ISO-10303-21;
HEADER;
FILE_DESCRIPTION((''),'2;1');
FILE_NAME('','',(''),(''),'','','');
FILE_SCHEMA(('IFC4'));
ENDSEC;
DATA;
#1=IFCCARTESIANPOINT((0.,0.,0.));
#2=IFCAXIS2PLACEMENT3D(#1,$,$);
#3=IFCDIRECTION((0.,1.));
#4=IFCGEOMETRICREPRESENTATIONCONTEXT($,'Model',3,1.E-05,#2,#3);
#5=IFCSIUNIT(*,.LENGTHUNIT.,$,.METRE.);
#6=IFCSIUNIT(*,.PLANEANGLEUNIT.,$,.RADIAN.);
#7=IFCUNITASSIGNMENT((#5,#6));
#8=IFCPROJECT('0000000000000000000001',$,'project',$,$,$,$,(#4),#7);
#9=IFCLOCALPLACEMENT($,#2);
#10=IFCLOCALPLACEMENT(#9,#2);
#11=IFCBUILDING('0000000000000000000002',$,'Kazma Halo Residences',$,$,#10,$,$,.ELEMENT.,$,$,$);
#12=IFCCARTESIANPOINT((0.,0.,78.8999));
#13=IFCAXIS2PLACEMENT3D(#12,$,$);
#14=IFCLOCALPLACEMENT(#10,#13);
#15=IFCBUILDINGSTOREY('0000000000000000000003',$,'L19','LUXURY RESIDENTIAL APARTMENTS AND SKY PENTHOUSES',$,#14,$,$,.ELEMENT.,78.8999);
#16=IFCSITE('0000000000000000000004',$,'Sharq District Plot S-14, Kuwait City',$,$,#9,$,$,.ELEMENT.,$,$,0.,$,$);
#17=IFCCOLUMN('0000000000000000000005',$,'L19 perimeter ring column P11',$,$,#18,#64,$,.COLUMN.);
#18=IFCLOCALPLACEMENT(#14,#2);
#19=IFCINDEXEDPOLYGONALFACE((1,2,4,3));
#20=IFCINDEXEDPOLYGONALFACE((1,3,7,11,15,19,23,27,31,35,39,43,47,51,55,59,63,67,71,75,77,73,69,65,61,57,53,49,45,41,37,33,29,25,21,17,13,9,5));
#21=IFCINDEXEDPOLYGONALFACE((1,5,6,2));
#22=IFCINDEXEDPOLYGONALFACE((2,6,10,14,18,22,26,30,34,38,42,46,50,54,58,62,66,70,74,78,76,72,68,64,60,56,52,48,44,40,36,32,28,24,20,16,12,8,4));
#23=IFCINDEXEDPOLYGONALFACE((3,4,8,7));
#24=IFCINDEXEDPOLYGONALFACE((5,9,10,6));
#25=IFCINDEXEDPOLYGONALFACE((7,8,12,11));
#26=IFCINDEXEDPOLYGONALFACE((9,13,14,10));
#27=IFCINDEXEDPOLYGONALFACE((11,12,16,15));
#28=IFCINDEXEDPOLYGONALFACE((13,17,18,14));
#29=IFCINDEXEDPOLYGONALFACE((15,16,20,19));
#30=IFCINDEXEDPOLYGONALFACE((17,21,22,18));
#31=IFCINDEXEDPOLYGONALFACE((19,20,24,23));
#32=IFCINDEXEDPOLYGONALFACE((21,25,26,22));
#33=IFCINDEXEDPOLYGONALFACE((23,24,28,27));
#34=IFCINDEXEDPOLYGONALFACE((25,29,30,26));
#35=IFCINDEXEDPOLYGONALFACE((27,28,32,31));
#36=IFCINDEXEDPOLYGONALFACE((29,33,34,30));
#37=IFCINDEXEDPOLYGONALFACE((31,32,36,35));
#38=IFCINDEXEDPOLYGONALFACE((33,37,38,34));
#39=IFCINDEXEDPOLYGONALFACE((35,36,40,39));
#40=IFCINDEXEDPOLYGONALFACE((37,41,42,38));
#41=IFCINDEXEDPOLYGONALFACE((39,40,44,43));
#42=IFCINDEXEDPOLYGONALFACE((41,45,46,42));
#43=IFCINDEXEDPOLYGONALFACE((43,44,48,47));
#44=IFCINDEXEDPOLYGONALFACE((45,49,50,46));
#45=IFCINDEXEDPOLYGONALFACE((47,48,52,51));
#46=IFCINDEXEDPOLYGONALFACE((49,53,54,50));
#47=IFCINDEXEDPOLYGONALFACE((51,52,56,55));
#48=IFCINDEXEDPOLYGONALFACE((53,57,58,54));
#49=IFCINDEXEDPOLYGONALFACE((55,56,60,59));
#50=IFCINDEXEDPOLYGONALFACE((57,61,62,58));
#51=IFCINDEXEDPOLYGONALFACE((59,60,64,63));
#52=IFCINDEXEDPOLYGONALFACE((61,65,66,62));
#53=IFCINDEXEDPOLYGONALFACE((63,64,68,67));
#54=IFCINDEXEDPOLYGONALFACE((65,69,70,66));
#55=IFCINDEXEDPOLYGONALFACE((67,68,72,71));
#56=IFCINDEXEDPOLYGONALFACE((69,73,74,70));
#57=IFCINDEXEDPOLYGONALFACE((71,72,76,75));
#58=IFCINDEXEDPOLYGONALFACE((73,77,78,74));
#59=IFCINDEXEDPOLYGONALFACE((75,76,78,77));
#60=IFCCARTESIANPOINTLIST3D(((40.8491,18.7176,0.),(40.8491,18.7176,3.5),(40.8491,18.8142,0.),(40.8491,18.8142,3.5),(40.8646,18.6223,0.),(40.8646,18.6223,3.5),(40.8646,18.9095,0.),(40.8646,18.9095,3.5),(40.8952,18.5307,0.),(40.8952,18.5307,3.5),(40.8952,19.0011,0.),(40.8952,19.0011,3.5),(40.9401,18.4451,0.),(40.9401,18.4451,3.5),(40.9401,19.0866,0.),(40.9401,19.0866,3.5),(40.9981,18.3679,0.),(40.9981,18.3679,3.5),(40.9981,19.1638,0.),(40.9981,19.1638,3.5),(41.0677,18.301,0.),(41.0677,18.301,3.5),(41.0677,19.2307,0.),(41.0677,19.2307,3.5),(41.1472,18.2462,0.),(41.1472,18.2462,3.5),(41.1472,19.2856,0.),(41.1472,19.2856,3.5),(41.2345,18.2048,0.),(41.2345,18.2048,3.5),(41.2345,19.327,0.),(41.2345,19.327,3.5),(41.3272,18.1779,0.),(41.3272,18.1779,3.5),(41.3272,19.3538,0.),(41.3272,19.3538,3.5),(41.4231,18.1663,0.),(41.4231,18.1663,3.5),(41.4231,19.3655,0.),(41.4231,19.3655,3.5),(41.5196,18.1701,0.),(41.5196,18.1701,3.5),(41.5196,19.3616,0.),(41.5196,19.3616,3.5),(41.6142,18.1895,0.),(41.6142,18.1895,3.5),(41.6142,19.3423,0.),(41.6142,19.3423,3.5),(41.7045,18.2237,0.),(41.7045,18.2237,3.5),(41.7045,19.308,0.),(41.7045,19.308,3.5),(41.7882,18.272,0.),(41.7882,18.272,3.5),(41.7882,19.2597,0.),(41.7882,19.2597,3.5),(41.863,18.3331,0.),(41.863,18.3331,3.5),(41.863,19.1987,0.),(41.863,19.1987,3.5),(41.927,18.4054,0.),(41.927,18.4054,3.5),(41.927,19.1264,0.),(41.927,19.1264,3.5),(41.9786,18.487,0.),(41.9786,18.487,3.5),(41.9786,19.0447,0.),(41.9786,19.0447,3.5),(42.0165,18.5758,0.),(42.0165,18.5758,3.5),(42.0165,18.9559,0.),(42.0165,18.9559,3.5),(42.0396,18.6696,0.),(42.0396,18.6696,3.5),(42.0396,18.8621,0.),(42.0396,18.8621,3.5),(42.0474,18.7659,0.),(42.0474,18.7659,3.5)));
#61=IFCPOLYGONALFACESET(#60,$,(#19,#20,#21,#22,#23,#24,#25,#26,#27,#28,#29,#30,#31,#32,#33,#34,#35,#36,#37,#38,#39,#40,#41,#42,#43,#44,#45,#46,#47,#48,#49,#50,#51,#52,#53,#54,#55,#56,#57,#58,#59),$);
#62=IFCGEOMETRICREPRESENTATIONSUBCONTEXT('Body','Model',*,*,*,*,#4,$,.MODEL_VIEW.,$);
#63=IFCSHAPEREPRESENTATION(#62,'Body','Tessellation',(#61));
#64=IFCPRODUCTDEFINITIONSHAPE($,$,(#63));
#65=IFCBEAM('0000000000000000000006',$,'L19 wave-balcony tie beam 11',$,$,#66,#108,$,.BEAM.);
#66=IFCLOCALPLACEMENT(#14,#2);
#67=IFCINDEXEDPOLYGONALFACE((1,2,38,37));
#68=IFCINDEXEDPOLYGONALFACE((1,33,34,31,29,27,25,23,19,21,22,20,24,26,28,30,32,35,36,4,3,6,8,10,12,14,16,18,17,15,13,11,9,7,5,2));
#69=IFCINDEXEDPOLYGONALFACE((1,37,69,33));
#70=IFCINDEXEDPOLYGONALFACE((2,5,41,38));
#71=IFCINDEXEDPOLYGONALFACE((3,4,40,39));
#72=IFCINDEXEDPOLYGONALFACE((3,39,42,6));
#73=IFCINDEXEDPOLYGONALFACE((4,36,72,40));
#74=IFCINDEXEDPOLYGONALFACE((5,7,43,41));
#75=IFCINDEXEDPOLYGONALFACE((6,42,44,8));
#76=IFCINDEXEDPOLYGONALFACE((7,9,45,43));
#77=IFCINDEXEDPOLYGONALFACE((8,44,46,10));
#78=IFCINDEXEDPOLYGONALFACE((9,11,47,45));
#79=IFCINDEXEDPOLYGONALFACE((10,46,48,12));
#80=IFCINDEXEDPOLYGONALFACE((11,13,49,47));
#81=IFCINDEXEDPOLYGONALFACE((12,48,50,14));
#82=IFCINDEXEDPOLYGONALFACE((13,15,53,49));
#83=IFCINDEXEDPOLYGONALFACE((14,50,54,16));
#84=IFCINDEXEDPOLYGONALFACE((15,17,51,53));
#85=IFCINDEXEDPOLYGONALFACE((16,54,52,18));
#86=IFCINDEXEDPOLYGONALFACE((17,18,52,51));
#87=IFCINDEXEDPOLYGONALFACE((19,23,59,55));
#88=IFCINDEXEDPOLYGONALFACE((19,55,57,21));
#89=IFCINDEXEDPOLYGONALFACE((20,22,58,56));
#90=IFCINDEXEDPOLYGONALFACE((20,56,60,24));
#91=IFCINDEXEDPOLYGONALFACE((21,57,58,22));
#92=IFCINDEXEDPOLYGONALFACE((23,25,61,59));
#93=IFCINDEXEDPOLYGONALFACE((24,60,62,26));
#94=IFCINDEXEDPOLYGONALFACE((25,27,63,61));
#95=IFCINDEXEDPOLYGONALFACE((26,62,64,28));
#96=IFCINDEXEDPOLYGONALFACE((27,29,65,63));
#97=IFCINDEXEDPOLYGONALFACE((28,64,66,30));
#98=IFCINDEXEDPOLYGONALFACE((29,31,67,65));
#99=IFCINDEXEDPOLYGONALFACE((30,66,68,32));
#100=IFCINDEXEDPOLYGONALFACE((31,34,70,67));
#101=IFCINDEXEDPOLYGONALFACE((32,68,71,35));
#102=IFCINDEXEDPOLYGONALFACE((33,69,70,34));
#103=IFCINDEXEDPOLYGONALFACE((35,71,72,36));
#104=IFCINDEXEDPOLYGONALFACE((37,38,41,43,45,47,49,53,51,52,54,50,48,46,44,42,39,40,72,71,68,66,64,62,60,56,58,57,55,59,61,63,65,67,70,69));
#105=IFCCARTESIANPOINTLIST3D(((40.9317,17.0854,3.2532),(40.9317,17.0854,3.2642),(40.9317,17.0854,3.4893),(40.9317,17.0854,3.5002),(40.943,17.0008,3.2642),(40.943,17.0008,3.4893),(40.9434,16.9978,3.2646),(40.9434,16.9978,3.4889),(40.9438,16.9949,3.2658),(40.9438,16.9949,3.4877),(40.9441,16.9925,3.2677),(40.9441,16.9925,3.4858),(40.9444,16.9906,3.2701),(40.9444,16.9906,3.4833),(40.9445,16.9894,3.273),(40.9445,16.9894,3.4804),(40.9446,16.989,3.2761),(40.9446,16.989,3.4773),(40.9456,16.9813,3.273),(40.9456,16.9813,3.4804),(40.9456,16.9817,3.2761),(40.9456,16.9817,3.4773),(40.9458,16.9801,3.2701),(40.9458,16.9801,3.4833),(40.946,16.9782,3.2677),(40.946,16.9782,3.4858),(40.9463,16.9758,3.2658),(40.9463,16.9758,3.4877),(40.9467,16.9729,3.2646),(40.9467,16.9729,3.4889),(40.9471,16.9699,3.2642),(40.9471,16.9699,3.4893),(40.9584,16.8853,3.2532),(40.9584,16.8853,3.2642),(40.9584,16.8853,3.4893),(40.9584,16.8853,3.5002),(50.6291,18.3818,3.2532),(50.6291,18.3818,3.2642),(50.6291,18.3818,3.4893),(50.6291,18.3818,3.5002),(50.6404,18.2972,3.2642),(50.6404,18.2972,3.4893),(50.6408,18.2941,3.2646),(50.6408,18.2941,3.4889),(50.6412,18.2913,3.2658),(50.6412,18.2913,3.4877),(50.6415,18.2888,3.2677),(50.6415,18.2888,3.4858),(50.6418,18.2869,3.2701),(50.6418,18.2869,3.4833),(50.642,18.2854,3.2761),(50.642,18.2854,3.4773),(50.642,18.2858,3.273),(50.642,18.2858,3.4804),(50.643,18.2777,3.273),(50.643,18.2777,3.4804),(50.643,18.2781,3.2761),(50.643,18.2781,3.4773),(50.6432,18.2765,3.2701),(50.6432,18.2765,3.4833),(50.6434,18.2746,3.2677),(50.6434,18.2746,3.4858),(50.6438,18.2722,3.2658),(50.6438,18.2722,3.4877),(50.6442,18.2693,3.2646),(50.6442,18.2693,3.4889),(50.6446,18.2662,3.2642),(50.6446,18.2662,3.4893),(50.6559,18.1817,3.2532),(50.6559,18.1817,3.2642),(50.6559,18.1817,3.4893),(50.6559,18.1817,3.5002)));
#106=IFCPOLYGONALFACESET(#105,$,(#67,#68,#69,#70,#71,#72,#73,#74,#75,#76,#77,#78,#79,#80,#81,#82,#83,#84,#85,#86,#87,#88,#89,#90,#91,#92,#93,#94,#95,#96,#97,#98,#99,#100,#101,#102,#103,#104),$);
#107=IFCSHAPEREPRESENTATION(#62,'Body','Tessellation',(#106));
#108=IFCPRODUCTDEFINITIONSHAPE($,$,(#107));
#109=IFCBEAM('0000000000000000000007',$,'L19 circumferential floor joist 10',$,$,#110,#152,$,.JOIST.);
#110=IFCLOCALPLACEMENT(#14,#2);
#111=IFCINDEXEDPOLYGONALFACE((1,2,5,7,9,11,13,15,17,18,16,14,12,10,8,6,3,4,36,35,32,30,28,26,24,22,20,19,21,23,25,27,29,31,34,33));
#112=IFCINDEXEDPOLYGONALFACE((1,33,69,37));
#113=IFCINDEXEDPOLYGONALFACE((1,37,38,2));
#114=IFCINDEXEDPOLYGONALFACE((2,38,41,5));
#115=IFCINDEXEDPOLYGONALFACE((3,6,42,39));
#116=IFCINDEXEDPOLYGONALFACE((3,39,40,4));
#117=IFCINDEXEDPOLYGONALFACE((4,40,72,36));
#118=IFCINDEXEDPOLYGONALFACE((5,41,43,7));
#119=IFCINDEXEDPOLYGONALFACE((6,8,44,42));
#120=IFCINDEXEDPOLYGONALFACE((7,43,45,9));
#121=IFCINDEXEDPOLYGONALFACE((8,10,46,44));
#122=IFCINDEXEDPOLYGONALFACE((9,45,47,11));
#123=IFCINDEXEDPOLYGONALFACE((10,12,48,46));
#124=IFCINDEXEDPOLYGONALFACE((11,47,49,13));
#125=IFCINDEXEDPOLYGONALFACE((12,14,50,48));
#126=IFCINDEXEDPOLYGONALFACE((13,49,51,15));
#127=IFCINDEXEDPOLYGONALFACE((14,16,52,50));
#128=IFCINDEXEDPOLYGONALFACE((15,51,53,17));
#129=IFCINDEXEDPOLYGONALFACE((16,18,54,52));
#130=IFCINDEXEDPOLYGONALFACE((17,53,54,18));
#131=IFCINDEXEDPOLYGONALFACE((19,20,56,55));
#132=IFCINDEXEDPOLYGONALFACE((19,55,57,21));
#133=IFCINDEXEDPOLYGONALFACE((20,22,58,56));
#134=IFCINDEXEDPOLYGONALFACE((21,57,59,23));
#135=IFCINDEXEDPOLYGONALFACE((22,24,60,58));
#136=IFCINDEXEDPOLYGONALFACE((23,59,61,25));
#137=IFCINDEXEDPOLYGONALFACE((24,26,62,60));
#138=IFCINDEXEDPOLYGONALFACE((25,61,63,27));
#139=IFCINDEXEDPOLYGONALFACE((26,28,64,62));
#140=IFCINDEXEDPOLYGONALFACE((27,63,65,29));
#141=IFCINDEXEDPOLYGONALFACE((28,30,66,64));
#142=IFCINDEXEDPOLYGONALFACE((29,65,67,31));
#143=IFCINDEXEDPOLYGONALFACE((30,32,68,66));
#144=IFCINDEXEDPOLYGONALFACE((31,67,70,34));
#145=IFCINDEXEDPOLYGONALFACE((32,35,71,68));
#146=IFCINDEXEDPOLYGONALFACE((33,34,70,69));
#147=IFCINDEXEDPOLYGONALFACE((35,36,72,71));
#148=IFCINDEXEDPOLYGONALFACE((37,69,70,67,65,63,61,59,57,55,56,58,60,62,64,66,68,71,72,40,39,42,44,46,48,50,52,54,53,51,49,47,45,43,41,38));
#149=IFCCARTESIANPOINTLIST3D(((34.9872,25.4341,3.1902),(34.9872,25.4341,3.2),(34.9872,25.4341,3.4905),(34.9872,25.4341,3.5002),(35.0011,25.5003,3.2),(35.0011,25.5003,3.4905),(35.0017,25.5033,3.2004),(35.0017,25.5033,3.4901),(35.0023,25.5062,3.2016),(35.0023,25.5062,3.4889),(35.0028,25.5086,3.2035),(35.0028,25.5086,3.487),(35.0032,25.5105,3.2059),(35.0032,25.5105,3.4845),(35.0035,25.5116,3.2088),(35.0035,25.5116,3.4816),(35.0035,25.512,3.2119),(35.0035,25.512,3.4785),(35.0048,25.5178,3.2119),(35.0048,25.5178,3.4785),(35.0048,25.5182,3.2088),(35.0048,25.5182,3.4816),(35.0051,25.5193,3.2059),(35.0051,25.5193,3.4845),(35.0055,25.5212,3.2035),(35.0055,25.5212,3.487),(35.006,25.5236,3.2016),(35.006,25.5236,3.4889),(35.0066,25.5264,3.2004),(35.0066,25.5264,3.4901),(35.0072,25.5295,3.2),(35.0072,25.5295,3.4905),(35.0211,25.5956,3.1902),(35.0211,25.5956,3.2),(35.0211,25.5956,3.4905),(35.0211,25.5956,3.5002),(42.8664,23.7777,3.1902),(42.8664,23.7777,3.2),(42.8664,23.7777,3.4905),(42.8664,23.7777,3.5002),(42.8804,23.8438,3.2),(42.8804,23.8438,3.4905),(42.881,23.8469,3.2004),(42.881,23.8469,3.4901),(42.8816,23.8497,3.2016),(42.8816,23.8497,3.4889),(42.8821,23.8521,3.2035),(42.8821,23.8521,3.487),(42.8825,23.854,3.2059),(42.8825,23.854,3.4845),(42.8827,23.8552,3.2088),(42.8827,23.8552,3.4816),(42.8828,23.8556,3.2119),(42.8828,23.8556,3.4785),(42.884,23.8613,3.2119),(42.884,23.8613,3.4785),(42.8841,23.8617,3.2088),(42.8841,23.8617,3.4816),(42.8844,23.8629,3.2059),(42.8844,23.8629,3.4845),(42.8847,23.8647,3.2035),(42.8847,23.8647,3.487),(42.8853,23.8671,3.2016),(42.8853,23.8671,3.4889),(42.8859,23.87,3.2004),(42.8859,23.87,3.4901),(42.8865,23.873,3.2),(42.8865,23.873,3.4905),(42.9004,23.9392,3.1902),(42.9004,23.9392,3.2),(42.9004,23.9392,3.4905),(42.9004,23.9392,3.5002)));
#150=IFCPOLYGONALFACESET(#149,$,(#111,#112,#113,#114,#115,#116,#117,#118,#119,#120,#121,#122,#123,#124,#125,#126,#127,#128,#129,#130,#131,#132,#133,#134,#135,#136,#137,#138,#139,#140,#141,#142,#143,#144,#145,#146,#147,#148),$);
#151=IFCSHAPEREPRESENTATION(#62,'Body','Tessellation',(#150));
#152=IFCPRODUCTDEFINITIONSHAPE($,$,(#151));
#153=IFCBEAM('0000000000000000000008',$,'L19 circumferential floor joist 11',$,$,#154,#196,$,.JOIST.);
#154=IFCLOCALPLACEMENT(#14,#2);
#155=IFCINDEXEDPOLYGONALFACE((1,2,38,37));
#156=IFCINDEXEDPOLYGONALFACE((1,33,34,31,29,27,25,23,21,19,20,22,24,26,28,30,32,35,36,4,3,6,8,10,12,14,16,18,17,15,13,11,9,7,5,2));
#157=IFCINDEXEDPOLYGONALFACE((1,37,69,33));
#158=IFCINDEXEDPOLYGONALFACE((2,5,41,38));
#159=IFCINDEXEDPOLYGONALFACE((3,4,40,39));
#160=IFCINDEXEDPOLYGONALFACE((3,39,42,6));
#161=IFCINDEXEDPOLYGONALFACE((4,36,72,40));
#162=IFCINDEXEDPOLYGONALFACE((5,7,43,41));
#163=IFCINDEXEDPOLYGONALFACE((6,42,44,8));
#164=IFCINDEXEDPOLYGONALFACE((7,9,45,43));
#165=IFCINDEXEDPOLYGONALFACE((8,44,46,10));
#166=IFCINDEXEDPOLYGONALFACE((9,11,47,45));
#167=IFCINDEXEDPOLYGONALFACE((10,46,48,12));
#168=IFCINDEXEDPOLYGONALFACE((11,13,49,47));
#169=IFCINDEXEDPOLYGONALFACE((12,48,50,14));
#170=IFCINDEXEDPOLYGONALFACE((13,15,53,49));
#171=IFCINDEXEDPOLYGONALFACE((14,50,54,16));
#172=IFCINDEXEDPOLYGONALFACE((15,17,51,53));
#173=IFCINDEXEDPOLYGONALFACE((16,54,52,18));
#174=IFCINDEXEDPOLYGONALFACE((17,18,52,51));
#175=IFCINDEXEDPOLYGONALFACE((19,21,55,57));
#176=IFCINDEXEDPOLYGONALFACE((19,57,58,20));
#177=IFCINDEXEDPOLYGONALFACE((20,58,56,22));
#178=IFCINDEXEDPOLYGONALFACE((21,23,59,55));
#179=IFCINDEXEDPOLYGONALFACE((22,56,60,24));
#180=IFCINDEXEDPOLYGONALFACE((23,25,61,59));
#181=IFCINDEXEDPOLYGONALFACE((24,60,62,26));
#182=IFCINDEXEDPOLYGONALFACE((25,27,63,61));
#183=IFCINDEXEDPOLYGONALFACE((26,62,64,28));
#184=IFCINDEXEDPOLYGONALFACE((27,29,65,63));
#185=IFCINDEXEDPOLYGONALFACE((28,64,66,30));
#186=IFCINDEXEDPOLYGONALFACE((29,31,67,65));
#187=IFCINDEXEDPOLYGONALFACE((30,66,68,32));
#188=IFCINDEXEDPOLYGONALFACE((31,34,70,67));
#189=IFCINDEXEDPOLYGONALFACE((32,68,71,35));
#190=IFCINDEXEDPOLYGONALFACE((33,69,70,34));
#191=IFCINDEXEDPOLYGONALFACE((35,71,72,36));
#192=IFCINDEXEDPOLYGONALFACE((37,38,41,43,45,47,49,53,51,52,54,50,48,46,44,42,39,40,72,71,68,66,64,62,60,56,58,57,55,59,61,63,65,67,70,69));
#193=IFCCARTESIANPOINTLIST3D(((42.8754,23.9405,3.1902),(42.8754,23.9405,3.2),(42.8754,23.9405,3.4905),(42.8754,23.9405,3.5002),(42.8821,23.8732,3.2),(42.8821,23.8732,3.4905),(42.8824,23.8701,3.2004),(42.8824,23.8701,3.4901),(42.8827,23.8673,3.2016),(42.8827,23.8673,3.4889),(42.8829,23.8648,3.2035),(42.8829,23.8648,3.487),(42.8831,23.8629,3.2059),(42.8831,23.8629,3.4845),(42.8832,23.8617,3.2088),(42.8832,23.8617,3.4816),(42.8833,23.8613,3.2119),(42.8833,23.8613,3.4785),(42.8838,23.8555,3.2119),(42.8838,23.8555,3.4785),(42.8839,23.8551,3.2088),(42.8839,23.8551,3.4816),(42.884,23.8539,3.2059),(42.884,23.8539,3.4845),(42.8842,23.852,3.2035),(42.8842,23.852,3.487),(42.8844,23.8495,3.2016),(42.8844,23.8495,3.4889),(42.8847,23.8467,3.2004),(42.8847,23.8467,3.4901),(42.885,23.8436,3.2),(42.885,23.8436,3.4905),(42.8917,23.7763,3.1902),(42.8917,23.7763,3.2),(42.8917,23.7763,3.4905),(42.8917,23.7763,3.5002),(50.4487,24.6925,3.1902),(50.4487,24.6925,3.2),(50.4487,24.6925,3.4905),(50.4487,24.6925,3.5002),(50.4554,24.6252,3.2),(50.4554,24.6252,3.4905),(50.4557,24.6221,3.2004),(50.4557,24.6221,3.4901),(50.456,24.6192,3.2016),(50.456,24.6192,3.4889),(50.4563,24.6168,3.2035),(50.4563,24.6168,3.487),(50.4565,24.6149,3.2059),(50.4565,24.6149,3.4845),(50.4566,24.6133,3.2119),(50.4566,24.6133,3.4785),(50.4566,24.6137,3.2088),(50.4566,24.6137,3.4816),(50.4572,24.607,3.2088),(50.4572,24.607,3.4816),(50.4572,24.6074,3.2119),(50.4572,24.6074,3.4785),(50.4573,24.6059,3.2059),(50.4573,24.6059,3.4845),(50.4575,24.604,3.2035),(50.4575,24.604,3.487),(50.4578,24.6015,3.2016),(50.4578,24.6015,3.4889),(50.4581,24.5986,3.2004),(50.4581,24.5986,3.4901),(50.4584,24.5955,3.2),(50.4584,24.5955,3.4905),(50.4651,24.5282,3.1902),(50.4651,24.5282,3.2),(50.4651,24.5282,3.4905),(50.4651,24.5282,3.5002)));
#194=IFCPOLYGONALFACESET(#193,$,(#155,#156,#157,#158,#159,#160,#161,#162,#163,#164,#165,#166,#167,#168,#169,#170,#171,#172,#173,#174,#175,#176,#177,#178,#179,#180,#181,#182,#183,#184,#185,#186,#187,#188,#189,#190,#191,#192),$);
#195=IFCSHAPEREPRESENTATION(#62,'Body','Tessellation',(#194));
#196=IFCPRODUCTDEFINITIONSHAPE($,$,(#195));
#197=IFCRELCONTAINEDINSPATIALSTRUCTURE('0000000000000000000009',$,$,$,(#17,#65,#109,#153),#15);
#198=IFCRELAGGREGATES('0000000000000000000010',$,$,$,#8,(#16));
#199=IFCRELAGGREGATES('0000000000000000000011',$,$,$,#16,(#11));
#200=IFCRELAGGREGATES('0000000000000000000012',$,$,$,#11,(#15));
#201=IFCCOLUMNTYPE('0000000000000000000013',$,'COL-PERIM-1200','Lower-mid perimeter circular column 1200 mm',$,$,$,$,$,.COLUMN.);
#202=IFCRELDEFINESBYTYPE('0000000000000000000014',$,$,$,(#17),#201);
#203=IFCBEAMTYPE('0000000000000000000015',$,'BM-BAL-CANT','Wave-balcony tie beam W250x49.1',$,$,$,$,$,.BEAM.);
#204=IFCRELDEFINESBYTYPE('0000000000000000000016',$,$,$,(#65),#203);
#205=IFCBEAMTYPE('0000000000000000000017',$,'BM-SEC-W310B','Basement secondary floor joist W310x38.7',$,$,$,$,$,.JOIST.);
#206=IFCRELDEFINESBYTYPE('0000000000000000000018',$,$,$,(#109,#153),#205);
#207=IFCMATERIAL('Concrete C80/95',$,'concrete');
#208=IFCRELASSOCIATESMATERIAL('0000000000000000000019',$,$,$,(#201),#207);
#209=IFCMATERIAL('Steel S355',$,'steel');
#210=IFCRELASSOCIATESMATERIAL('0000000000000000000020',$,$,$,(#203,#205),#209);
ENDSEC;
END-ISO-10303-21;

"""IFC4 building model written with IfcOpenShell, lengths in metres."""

from ifc_helpers import new_model, si_unit, direction, frame, origin, origin_2d, place, context, subcontext, project, spatial, circle, i_section, extrude, material, material_profile, profile_set, type_object, element, save


model = new_model("IFC4")

# Units and contexts
model_context = context("Model", 3, precision=1e-05, world=origin(), true_north=direction((0.0, 1.0)))
body_context = subcontext(model_context, "Body", "Model", "MODEL_VIEW")
ifc_project = project(units=[si_unit("LENGTHUNIT", "METRE"), si_unit("PLANEANGLEUNIT", "RADIAN")], contexts=[model_context])

# Site, building, storey
site_placement = place(None, origin())
site = spatial("IfcSite", under=ifc_project, at=site_placement, Name="Sharq District Plot S-14, Kuwait City", CompositionType="ELEMENT", RefElevation=0.0)
building_placement = place(site_placement, origin())
building = spatial("IfcBuilding", under=site, at=building_placement, Name="Kazma Halo Residences", CompositionType="ELEMENT")
storey_placement = place(building_placement, frame((0.0, 0.0, 78.8999)))
storey = spatial("IfcBuildingStorey", under=building, at=storey_placement, Name="L19", Description="LUXURY RESIDENTIAL APARTMENTS AND SKY PENTHOUSES", CompositionType="ELEMENT", Elevation=78.8999)

# Column
ifc_material_1 = material(Name="Concrete C80/95", Category="concrete")
ifc_material_profile_1 = material_profile(ifc_material_1, circle(Radius=0.6001, at=origin_2d()), Name="CIRC1200")
ifc_profile_set_1 = profile_set([ifc_material_profile_1], Name="Concrete C80/95")
column_type = type_object("IfcColumnType", Name="COL-PERIM-1200", Description="Lower-mid perimeter circular column 1200 mm", PredefinedType="COLUMN", material=ifc_profile_set_1)
column_placement = place(storey_placement, frame((41.4473, 18.7659, 0.0), z_axis=(0.0, 0.0, 1.0), x_axis=(1.0, 0.0, 0.0)))
element("IfcColumn", 1, at=column_placement, inside=storey, type_object=column_type, Name="L19 perimeter ring column P11", PredefinedType="COLUMN", context=body_context, shape_type="SweptSolid", body=[
    extrude(circle(Radius=0.6001, at=origin_2d()), origin(), (0.0, 0.0, 1.0), 3.5),
])

# Beams
ifc_material_2 = material(Name="Steel S355", Category="steel")
ifc_material_profile_2 = material_profile(ifc_material_2, i_section(OverallWidth=0.2019, OverallDepth=0.2471, WebThickness=0.0073, FlangeThickness=0.011, FilletRadius=0.012, at=origin_2d()), Name="W250x49.1")
ifc_profile_set_2 = profile_set([ifc_material_profile_2], Name="Steel S355")
beam_type_1 = type_object("IfcBeamType", Name="BM-BAL-CANT", Description="Wave-balcony tie beam W250x49.1", PredefinedType="BEAM", material=ifc_profile_set_2)
beam_1_placement = place(storey_placement, frame((40.9451, 16.9854, 3.3767), z_axis=(0.991183, 0.132504, 0.0), x_axis=(-0.132504, 0.991183, 0.0)))
element("IfcBeam", 2, at=beam_1_placement, inside=storey, type_object=beam_type_1, Name="L19 wave-balcony tie beam 11", PredefinedType="BEAM", context=body_context, shape_type="SweptSolid", body=[
    extrude(i_section(OverallWidth=0.2019, OverallDepth=0.2471, WebThickness=0.0073, FlangeThickness=0.011, FilletRadius=0.012, at=origin_2d()), origin(), (0.0, 0.0, 1.0), 9.7837),
])
ifc_material_profile_3 = material_profile(ifc_material_2, i_section(OverallWidth=0.165, OverallDepth=0.3101, WebThickness=0.0059, FlangeThickness=0.0098, FilletRadius=0.012, at=origin_2d()), Name="W310x38.7")
ifc_profile_set_3 = profile_set([ifc_material_profile_3], Name="Steel S355")
beam_type_2 = type_object("IfcBeamType", Name="BM-SEC-W310B", Description="Basement secondary floor joist W310x38.7", PredefinedType="JOIST", material=ifc_profile_set_3)
beam_2_placement = place(storey_placement, frame((35.0042, 25.5149, 3.3452), z_axis=(0.978608, -0.205734, 0.0), x_axis=(0.205734, 0.978608, 0.0)))
element("IfcBeam", 3, at=beam_2_placement, inside=storey, type_object=beam_type_2, Name="L19 circumferential floor joist 10", PredefinedType="JOIST", context=body_context, shape_type="SweptSolid", body=[
    extrude(i_section(OverallWidth=0.165, OverallDepth=0.3101, WebThickness=0.0059, FlangeThickness=0.0098, FilletRadius=0.012, at=origin_2d()), origin(), (0.0, 0.0, 1.0), 8.0515),
])
beam_3_placement = place(storey_placement, frame((42.8835, 23.8584, 3.3452), z_axis=(0.995107, 0.098805, 0.0), x_axis=(-0.098805, 0.995107, 0.0)))
element("IfcBeam", 4, at=beam_3_placement, inside=storey, type_object=beam_type_2, Name="L19 circumferential floor joist 11", PredefinedType="JOIST", context=body_context, shape_type="SweptSolid", body=[
    extrude(i_section(OverallWidth=0.165, OverallDepth=0.3101, WebThickness=0.0059, FlangeThickness=0.0098, FilletRadius=0.012, at=origin_2d()), origin(), (0.0, 0.0, 1.0), 7.6106),
])

save(model, "model.ifc")
